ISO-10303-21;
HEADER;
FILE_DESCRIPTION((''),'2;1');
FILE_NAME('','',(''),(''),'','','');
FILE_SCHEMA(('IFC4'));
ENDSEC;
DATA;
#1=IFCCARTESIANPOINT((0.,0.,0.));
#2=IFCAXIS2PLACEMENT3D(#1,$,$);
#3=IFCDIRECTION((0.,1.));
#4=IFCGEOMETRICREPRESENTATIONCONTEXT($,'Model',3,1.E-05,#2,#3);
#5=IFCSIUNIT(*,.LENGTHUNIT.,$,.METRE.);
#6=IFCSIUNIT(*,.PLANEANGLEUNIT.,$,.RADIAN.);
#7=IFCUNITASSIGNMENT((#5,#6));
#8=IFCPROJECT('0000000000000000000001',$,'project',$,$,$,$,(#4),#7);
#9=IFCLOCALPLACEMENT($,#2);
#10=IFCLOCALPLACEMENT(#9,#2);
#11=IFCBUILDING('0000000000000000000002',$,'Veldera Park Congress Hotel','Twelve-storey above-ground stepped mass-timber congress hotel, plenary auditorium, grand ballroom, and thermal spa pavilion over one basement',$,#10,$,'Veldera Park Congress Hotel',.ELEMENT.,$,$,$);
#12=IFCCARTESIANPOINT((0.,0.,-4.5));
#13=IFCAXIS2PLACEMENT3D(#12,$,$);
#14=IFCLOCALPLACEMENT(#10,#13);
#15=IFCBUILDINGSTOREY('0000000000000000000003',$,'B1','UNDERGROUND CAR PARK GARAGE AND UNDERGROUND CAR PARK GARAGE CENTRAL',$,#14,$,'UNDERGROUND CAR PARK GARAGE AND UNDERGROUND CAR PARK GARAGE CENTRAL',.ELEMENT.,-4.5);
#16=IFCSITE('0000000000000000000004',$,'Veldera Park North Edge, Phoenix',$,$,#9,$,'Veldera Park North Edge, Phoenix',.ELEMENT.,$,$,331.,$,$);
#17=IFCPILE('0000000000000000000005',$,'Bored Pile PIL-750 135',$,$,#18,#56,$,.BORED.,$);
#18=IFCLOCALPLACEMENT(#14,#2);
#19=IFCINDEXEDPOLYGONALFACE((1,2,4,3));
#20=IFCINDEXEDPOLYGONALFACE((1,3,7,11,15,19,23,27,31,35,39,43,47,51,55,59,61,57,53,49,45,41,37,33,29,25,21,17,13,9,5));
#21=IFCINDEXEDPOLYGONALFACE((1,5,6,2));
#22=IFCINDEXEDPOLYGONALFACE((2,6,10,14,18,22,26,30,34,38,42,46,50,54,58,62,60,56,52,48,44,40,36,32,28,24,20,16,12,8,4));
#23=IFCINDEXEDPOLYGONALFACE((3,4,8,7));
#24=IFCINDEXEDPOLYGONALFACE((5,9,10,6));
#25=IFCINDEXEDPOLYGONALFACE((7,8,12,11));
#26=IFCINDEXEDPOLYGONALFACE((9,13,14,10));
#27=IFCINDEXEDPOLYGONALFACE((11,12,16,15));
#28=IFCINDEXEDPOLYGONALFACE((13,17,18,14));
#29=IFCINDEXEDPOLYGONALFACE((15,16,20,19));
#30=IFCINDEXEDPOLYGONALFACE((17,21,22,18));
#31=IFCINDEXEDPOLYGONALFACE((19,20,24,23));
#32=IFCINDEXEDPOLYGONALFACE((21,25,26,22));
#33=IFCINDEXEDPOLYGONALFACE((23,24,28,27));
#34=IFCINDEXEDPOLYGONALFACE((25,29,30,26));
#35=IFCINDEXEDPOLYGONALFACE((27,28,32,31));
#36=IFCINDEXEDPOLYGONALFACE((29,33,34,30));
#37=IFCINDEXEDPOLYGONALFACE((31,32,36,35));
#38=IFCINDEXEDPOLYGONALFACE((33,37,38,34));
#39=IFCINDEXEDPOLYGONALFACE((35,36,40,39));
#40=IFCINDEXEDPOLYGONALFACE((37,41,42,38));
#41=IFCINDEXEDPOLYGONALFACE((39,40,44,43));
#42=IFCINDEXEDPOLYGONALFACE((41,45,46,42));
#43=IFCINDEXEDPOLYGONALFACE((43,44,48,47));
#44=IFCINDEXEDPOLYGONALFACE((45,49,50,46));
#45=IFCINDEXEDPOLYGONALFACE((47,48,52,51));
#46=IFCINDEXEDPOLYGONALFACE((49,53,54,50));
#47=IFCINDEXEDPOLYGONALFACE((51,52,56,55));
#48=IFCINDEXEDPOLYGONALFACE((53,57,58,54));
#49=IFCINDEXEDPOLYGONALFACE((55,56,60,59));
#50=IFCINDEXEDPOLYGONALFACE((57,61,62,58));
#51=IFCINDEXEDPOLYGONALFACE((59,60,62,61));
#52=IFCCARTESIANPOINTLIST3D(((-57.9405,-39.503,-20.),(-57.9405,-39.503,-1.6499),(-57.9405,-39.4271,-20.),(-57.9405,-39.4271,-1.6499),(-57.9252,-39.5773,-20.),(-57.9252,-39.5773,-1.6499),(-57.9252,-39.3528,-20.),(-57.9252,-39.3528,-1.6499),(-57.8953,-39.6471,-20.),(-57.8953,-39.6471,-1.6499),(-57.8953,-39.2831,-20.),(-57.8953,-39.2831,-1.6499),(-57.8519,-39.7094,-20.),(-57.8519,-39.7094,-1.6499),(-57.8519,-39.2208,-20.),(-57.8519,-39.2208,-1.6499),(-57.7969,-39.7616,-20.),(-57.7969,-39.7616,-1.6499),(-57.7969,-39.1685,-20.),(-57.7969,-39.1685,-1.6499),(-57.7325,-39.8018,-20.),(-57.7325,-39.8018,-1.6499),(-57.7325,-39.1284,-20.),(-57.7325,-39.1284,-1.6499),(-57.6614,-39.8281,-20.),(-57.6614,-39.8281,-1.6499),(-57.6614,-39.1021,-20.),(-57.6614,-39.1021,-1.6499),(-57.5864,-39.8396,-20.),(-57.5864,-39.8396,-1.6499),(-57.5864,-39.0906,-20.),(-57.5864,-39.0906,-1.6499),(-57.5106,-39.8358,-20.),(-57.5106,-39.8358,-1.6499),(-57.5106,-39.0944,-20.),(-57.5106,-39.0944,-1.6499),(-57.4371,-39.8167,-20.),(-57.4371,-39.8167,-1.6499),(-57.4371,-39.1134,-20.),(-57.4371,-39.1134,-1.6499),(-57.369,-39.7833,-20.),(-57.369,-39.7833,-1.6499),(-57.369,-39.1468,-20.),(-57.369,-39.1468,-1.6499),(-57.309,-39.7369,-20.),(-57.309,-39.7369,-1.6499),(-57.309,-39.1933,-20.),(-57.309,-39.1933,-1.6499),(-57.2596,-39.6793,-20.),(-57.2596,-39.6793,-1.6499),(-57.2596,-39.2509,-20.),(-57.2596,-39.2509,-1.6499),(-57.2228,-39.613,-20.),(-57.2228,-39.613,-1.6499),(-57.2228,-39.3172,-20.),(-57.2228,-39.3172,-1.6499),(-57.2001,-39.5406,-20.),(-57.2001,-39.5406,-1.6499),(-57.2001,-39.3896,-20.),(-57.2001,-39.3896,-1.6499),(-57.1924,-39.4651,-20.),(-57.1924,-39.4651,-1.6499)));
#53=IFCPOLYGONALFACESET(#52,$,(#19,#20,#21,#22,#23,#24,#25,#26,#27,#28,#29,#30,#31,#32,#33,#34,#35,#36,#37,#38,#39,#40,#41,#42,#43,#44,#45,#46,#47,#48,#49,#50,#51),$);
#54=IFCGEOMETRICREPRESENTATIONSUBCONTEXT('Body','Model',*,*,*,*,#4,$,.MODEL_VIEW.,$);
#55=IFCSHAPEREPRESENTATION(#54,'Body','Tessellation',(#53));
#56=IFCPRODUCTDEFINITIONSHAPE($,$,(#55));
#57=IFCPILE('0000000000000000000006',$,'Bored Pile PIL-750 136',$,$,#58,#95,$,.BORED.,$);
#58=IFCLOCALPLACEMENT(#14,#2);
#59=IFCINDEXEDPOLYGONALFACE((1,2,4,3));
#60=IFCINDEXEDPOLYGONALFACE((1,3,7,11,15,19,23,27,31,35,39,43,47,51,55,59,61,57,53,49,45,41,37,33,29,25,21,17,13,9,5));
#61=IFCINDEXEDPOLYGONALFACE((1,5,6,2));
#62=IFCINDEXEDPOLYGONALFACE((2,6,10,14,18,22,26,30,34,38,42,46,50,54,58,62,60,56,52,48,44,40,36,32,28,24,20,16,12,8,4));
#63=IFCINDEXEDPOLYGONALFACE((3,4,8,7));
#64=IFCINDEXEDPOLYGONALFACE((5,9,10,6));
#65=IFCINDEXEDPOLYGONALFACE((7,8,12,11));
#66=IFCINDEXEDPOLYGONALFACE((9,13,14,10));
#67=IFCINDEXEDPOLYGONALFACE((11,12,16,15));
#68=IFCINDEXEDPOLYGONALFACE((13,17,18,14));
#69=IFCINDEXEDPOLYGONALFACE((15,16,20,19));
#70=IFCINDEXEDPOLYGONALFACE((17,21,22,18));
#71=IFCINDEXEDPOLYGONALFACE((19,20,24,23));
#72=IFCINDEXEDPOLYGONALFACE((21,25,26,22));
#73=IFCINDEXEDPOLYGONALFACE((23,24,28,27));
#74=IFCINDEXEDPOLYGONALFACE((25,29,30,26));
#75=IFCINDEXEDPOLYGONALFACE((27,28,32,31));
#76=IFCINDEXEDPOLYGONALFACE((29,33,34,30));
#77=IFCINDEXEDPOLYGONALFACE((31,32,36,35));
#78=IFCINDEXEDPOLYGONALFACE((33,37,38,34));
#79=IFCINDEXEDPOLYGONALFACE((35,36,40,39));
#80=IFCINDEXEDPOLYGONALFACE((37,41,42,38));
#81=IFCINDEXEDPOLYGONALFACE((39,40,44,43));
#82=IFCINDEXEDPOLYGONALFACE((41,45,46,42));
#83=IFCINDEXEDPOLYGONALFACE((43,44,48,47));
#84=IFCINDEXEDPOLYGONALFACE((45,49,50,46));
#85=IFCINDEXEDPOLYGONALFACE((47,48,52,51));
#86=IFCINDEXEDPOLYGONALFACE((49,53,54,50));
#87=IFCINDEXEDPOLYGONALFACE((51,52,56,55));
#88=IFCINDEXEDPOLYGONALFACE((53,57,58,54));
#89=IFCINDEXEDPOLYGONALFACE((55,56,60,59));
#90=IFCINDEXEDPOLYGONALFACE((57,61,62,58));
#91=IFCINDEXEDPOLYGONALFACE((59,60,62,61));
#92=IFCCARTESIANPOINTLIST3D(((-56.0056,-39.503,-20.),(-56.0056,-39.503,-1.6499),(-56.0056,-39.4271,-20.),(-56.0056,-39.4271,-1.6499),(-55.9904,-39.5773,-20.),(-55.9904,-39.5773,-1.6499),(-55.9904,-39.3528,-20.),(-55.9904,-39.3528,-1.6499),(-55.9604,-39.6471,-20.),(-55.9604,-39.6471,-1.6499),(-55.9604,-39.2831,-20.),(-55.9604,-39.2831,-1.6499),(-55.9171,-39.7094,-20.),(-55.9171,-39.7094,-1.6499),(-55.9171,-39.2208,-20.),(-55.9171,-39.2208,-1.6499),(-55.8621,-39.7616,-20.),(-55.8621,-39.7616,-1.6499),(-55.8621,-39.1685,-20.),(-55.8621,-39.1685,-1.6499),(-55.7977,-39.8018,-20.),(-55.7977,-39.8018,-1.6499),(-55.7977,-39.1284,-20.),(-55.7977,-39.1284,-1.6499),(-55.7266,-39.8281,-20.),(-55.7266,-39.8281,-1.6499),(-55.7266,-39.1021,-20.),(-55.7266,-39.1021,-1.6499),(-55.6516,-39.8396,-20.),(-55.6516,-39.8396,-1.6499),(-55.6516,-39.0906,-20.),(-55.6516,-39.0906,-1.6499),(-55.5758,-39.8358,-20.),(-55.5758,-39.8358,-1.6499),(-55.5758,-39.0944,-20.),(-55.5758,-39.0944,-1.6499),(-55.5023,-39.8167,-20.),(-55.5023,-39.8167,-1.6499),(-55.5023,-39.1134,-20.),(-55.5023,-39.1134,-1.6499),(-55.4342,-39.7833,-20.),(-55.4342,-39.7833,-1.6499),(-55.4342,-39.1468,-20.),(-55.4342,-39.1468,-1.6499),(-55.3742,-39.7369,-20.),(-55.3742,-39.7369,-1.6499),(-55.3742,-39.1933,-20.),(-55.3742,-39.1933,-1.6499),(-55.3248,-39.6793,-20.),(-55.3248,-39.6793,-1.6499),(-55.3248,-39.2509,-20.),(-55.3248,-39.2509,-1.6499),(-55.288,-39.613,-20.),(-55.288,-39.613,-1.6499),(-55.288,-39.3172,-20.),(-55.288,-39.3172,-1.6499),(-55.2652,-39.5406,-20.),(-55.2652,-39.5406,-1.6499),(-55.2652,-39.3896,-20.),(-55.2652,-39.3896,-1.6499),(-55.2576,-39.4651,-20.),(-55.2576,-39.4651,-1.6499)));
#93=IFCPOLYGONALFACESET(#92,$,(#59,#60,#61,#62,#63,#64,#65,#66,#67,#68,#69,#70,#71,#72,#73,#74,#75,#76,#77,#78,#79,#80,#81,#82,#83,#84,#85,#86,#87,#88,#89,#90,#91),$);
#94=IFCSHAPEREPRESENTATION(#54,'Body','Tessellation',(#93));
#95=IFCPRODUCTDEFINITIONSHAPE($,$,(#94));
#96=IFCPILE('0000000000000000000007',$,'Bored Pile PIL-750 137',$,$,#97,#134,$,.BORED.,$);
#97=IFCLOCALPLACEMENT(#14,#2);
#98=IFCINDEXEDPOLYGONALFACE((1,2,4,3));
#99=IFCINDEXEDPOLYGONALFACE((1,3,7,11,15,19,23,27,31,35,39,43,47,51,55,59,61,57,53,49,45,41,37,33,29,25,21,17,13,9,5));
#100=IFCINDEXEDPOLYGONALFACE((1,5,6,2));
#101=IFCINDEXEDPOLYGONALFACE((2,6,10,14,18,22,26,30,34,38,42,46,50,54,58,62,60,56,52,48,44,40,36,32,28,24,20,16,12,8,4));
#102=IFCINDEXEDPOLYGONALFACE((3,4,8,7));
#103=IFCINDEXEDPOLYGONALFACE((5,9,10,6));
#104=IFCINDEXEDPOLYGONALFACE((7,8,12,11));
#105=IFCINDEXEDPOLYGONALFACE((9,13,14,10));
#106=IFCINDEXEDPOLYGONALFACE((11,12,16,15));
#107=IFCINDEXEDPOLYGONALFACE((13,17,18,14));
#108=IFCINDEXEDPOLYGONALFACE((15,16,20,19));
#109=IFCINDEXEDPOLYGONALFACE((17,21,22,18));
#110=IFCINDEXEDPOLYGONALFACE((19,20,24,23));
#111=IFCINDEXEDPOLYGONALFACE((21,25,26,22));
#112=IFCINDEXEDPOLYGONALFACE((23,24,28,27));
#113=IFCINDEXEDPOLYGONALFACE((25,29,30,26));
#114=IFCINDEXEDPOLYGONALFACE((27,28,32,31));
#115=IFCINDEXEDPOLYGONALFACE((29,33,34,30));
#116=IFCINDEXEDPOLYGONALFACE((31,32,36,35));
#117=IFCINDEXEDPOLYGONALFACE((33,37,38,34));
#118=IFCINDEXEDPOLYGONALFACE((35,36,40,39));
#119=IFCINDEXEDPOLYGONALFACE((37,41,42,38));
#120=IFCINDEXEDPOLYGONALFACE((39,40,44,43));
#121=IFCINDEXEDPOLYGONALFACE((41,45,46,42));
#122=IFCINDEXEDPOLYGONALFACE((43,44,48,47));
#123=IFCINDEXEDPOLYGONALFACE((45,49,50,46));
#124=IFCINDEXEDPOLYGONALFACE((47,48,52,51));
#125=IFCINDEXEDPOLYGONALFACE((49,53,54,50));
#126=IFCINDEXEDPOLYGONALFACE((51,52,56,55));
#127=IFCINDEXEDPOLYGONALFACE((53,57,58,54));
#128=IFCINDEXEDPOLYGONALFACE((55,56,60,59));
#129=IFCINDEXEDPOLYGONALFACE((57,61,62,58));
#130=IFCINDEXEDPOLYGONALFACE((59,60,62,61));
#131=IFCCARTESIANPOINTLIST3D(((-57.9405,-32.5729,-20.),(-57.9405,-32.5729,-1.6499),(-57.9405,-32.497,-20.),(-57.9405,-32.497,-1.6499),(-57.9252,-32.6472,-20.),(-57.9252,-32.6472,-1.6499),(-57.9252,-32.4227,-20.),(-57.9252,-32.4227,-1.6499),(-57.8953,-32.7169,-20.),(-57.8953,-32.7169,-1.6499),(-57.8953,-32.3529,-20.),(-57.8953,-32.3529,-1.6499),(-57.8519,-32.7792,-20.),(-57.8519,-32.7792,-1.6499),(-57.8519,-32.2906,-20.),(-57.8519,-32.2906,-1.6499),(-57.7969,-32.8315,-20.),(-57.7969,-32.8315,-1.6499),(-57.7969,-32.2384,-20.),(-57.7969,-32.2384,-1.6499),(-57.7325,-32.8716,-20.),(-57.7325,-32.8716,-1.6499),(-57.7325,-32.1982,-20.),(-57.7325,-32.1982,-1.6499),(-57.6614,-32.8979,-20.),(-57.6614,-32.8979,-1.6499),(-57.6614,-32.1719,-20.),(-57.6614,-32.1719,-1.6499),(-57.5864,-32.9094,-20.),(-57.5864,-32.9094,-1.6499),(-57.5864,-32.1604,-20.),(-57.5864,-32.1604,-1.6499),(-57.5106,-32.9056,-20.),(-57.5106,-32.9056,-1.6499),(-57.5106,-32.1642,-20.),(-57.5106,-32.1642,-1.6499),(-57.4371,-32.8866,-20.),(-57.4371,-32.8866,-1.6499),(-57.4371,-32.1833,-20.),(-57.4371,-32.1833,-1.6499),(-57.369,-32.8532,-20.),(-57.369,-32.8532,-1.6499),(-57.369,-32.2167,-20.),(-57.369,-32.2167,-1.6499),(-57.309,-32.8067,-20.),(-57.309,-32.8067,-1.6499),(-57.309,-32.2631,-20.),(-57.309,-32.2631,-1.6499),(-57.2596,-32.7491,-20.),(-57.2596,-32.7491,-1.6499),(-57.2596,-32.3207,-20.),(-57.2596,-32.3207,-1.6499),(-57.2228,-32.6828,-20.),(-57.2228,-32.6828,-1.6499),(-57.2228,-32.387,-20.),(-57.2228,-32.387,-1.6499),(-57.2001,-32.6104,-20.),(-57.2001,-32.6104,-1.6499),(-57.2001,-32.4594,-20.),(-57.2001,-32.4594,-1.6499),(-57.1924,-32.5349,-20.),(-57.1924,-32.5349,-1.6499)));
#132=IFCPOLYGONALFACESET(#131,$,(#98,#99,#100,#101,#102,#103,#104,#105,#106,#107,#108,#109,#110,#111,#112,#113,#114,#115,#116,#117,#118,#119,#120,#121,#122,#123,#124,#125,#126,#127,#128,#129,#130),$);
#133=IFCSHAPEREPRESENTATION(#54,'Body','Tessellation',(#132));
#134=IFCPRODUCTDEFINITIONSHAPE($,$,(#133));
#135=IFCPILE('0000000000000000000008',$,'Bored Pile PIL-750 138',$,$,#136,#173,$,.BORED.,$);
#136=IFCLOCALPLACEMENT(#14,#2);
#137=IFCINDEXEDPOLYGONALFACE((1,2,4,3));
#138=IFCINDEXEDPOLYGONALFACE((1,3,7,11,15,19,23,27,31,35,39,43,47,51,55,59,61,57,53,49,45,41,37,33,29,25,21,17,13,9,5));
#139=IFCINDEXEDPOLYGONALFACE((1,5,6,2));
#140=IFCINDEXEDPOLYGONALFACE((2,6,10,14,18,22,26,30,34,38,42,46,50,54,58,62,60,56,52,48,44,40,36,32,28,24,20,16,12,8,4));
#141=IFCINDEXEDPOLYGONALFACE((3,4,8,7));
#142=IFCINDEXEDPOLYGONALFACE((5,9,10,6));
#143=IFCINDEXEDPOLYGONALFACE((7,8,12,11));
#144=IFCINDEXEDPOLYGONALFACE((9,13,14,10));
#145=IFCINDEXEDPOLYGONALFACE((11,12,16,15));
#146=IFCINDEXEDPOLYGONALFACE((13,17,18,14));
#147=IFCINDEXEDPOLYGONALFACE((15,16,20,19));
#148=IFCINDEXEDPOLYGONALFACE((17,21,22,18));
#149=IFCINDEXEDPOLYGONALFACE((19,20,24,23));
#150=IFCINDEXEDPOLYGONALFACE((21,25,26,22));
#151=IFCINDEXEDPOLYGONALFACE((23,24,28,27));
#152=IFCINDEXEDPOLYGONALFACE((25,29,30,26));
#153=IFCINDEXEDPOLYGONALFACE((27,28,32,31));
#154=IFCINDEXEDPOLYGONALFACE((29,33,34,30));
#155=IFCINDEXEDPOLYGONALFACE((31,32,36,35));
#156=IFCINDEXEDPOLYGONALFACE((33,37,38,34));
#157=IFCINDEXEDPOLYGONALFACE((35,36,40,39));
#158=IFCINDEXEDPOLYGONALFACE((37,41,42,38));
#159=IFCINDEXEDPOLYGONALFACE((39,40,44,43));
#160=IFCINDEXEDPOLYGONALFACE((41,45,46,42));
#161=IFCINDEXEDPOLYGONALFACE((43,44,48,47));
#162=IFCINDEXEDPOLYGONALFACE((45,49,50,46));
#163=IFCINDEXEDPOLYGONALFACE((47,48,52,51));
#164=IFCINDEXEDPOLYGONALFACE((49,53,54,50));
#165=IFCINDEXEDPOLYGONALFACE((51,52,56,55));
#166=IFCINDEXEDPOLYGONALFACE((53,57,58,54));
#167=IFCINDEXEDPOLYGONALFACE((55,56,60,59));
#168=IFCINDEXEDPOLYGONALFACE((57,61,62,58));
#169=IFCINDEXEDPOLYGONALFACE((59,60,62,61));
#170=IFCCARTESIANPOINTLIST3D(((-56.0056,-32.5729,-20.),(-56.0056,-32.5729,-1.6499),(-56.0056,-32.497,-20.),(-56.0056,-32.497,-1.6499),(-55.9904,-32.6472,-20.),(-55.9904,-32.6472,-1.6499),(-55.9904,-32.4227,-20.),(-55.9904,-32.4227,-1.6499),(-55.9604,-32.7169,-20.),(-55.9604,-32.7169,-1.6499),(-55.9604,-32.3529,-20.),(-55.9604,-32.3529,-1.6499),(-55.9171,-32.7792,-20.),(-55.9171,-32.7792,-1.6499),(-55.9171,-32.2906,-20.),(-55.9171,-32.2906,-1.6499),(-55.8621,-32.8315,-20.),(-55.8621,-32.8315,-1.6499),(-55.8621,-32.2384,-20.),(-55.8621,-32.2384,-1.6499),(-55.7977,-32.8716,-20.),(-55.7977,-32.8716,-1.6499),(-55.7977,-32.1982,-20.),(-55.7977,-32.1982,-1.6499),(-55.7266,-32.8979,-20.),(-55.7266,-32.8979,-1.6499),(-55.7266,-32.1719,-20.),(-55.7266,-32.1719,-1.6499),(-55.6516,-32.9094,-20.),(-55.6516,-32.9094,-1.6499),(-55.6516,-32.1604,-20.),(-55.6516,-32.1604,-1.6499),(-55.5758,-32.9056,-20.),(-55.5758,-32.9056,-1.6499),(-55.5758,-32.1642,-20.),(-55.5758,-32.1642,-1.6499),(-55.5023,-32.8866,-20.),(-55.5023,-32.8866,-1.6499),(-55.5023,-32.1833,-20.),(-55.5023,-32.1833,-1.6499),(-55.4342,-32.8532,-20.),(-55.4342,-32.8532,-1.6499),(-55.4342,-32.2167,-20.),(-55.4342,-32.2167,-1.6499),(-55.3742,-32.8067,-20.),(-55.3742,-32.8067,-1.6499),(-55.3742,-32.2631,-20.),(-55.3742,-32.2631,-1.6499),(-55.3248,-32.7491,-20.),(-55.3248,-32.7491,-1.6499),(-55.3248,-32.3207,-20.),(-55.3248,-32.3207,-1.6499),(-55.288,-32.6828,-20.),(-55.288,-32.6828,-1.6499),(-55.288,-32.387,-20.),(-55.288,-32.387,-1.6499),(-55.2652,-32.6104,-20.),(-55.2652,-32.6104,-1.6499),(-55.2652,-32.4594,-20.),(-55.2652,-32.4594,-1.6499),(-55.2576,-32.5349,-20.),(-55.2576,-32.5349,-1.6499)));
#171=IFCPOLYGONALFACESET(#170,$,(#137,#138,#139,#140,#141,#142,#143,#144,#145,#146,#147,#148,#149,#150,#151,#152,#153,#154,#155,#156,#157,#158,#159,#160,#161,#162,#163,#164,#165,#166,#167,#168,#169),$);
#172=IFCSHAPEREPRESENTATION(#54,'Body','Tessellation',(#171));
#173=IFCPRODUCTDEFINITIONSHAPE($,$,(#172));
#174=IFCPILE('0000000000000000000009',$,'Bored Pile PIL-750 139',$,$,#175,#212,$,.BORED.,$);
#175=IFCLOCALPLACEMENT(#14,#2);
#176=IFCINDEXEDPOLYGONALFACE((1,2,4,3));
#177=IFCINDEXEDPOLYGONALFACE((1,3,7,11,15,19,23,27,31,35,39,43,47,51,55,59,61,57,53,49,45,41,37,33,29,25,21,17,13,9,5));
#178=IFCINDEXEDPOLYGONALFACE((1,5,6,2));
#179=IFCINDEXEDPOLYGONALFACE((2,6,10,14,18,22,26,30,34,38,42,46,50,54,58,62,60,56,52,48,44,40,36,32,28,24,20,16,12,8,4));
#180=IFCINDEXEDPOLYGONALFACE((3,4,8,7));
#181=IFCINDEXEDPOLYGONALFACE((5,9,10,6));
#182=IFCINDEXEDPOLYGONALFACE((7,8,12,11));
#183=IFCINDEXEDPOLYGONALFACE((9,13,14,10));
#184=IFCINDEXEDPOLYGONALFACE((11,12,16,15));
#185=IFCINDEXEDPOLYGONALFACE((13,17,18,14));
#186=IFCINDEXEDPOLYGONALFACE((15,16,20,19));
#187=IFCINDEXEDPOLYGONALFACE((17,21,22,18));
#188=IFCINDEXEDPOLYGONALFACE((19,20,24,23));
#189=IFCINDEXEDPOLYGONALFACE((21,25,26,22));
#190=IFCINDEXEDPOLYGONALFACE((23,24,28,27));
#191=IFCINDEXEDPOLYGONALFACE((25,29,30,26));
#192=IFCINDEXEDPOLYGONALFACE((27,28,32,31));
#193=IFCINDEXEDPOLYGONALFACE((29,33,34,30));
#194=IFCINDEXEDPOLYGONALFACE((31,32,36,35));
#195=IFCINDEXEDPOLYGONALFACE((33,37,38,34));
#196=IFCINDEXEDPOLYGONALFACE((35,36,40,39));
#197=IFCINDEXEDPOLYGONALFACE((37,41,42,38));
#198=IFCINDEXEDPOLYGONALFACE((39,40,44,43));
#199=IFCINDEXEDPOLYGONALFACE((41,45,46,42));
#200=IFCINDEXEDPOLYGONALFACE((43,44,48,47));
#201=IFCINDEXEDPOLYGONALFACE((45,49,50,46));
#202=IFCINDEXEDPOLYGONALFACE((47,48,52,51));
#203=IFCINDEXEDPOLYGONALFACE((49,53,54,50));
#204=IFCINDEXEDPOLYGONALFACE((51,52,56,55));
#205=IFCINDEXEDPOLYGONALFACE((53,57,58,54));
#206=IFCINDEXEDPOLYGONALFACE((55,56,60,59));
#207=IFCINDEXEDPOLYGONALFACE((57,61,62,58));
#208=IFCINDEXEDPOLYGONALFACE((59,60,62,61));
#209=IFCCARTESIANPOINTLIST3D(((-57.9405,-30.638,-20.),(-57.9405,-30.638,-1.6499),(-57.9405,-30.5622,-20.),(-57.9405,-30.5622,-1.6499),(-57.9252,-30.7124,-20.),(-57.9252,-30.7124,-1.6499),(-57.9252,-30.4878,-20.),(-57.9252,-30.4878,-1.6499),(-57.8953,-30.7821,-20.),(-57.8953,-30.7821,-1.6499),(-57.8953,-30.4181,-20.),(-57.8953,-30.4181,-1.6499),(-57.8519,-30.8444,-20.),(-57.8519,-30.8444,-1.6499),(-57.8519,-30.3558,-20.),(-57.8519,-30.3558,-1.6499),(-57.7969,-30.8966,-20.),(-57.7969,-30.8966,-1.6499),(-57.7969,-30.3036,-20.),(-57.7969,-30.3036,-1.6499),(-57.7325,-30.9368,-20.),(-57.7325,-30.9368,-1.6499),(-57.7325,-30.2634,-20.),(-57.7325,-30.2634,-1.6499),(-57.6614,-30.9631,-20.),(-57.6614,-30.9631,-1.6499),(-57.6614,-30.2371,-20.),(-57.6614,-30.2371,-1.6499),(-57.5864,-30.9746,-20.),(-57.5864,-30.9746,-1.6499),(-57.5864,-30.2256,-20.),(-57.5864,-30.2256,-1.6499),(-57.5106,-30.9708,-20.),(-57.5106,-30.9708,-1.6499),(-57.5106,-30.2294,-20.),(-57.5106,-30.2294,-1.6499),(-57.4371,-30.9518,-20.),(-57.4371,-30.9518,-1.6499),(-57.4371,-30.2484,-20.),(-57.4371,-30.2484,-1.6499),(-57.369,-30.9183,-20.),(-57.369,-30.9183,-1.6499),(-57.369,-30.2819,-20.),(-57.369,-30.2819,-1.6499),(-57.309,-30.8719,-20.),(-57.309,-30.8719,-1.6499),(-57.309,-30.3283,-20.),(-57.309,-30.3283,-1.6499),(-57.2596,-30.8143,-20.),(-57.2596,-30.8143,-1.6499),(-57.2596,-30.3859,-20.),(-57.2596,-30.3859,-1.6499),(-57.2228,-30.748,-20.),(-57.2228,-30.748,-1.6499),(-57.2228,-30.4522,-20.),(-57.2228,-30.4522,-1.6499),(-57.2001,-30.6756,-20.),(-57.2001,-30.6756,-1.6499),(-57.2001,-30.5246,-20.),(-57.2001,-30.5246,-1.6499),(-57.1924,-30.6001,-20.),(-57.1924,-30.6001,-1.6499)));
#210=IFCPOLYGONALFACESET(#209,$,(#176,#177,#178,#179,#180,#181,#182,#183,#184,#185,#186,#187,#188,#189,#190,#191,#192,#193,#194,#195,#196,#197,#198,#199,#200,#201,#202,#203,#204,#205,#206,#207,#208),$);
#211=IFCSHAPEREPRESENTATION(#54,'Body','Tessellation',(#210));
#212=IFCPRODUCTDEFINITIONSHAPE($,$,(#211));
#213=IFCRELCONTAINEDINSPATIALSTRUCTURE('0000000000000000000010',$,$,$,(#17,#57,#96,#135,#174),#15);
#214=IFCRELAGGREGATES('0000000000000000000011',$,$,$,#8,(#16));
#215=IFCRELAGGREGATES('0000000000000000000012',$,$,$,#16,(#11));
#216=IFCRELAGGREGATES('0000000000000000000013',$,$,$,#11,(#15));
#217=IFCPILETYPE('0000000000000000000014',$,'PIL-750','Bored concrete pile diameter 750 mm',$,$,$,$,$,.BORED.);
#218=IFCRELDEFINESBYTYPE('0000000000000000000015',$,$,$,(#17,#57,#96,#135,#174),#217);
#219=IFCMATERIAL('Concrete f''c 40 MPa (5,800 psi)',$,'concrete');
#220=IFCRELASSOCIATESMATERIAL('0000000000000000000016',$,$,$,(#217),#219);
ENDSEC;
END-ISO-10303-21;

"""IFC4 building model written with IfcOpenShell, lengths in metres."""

from ifc_helpers import new_model, si_unit, direction, frame, origin, origin_2d, place, context, subcontext, project, spatial, circle, extrude, material, material_profile, profile_set, type_object, element, save


model = new_model("IFC4")

# Units and contexts
model_context = context("Model", 3, precision=1e-05, world=origin(), true_north=direction((0.0, 1.0)))
body_context = subcontext(model_context, "Body", "Model", "MODEL_VIEW")
ifc_project = project(units=[si_unit("LENGTHUNIT", "METRE"), si_unit("PLANEANGLEUNIT", "RADIAN")], contexts=[model_context])

# Site, building, storey
site_placement = place(None, origin())
site = spatial("IfcSite", under=ifc_project, at=site_placement, Name="Veldera Park North Edge, Phoenix", LongName="Veldera Park North Edge, Phoenix", CompositionType="ELEMENT", RefElevation=331.0)
building_placement = place(site_placement, origin())
building = spatial("IfcBuilding", under=site, at=building_placement, Name="Veldera Park Congress Hotel", Description="Twelve-storey above-ground stepped mass-timber congress hotel, plenary auditorium, grand ballroom, and thermal spa pavilion over one basement", LongName="Veldera Park Congress Hotel", CompositionType="ELEMENT")
storey_placement = place(building_placement, frame((0.0, 0.0, -4.5)))
storey = spatial("IfcBuildingStorey", under=building, at=storey_placement, Name="B1", Description="UNDERGROUND CAR PARK GARAGE AND UNDERGROUND CAR PARK GARAGE CENTRAL", LongName="UNDERGROUND CAR PARK GARAGE AND UNDERGROUND CAR PARK GARAGE CENTRAL", CompositionType="ELEMENT", Elevation=-4.5)

# Shared definitions
ifc_material = material(Name="Concrete f'c 40 MPa (5,800 psi)", Category="concrete")

# Piles
ifc_material_profile_1 = material_profile(ifc_material, circle(Radius=0.375, at=origin_2d()), Name="PILE D750")
ifc_profile_set_1 = profile_set([ifc_material_profile_1], Name="Concrete f'c 40 MPa (5,800 psi)")
pile_type = type_object("IfcPileType", Name="PIL-750", Description="Bored concrete pile diameter 750 mm", PredefinedType="BORED", material=ifc_profile_set_1)
for number, where, z_axis, x_axis, name in (
    (1, (-57.5674, -39.4651, -1.6499), (0.0, 0.0, -1.0), (1.0, 0.0, 0.0), "Bored Pile PIL-750 135"),
    (2, (-55.6326, -39.4651, -1.6499), (0.0, 0.0, -1.0), (1.0, 0.0, 0.0), "Bored Pile PIL-750 136"),
    (3, (-57.5674, -32.5349, -1.6499), (0.0, 0.0, -1.0), (1.0, 0.0, 0.0), "Bored Pile PIL-750 137"),
    (4, (-55.6326, -32.5349, -1.6499), (0.0, 0.0, -1.0), (1.0, 0.0, 0.0), "Bored Pile PIL-750 138"),
    (5, (-57.5674, -30.6001, -1.6499), (0.0, 0.0, -1.0), (1.0, 0.0, 0.0), "Bored Pile PIL-750 139"),
):
    element("IfcPile", number, at=place(storey_placement, frame(where, z_axis=z_axis, x_axis=x_axis)), inside=storey, type_object=pile_type, Name=name, PredefinedType="BORED", context=body_context, shape_type="SweptSolid", body=[
        extrude(circle(Radius=0.375, at=origin_2d()), origin(), (0.0, 0.0, 1.0), 18.3501),
    ])

save(model, "model.ifc")
